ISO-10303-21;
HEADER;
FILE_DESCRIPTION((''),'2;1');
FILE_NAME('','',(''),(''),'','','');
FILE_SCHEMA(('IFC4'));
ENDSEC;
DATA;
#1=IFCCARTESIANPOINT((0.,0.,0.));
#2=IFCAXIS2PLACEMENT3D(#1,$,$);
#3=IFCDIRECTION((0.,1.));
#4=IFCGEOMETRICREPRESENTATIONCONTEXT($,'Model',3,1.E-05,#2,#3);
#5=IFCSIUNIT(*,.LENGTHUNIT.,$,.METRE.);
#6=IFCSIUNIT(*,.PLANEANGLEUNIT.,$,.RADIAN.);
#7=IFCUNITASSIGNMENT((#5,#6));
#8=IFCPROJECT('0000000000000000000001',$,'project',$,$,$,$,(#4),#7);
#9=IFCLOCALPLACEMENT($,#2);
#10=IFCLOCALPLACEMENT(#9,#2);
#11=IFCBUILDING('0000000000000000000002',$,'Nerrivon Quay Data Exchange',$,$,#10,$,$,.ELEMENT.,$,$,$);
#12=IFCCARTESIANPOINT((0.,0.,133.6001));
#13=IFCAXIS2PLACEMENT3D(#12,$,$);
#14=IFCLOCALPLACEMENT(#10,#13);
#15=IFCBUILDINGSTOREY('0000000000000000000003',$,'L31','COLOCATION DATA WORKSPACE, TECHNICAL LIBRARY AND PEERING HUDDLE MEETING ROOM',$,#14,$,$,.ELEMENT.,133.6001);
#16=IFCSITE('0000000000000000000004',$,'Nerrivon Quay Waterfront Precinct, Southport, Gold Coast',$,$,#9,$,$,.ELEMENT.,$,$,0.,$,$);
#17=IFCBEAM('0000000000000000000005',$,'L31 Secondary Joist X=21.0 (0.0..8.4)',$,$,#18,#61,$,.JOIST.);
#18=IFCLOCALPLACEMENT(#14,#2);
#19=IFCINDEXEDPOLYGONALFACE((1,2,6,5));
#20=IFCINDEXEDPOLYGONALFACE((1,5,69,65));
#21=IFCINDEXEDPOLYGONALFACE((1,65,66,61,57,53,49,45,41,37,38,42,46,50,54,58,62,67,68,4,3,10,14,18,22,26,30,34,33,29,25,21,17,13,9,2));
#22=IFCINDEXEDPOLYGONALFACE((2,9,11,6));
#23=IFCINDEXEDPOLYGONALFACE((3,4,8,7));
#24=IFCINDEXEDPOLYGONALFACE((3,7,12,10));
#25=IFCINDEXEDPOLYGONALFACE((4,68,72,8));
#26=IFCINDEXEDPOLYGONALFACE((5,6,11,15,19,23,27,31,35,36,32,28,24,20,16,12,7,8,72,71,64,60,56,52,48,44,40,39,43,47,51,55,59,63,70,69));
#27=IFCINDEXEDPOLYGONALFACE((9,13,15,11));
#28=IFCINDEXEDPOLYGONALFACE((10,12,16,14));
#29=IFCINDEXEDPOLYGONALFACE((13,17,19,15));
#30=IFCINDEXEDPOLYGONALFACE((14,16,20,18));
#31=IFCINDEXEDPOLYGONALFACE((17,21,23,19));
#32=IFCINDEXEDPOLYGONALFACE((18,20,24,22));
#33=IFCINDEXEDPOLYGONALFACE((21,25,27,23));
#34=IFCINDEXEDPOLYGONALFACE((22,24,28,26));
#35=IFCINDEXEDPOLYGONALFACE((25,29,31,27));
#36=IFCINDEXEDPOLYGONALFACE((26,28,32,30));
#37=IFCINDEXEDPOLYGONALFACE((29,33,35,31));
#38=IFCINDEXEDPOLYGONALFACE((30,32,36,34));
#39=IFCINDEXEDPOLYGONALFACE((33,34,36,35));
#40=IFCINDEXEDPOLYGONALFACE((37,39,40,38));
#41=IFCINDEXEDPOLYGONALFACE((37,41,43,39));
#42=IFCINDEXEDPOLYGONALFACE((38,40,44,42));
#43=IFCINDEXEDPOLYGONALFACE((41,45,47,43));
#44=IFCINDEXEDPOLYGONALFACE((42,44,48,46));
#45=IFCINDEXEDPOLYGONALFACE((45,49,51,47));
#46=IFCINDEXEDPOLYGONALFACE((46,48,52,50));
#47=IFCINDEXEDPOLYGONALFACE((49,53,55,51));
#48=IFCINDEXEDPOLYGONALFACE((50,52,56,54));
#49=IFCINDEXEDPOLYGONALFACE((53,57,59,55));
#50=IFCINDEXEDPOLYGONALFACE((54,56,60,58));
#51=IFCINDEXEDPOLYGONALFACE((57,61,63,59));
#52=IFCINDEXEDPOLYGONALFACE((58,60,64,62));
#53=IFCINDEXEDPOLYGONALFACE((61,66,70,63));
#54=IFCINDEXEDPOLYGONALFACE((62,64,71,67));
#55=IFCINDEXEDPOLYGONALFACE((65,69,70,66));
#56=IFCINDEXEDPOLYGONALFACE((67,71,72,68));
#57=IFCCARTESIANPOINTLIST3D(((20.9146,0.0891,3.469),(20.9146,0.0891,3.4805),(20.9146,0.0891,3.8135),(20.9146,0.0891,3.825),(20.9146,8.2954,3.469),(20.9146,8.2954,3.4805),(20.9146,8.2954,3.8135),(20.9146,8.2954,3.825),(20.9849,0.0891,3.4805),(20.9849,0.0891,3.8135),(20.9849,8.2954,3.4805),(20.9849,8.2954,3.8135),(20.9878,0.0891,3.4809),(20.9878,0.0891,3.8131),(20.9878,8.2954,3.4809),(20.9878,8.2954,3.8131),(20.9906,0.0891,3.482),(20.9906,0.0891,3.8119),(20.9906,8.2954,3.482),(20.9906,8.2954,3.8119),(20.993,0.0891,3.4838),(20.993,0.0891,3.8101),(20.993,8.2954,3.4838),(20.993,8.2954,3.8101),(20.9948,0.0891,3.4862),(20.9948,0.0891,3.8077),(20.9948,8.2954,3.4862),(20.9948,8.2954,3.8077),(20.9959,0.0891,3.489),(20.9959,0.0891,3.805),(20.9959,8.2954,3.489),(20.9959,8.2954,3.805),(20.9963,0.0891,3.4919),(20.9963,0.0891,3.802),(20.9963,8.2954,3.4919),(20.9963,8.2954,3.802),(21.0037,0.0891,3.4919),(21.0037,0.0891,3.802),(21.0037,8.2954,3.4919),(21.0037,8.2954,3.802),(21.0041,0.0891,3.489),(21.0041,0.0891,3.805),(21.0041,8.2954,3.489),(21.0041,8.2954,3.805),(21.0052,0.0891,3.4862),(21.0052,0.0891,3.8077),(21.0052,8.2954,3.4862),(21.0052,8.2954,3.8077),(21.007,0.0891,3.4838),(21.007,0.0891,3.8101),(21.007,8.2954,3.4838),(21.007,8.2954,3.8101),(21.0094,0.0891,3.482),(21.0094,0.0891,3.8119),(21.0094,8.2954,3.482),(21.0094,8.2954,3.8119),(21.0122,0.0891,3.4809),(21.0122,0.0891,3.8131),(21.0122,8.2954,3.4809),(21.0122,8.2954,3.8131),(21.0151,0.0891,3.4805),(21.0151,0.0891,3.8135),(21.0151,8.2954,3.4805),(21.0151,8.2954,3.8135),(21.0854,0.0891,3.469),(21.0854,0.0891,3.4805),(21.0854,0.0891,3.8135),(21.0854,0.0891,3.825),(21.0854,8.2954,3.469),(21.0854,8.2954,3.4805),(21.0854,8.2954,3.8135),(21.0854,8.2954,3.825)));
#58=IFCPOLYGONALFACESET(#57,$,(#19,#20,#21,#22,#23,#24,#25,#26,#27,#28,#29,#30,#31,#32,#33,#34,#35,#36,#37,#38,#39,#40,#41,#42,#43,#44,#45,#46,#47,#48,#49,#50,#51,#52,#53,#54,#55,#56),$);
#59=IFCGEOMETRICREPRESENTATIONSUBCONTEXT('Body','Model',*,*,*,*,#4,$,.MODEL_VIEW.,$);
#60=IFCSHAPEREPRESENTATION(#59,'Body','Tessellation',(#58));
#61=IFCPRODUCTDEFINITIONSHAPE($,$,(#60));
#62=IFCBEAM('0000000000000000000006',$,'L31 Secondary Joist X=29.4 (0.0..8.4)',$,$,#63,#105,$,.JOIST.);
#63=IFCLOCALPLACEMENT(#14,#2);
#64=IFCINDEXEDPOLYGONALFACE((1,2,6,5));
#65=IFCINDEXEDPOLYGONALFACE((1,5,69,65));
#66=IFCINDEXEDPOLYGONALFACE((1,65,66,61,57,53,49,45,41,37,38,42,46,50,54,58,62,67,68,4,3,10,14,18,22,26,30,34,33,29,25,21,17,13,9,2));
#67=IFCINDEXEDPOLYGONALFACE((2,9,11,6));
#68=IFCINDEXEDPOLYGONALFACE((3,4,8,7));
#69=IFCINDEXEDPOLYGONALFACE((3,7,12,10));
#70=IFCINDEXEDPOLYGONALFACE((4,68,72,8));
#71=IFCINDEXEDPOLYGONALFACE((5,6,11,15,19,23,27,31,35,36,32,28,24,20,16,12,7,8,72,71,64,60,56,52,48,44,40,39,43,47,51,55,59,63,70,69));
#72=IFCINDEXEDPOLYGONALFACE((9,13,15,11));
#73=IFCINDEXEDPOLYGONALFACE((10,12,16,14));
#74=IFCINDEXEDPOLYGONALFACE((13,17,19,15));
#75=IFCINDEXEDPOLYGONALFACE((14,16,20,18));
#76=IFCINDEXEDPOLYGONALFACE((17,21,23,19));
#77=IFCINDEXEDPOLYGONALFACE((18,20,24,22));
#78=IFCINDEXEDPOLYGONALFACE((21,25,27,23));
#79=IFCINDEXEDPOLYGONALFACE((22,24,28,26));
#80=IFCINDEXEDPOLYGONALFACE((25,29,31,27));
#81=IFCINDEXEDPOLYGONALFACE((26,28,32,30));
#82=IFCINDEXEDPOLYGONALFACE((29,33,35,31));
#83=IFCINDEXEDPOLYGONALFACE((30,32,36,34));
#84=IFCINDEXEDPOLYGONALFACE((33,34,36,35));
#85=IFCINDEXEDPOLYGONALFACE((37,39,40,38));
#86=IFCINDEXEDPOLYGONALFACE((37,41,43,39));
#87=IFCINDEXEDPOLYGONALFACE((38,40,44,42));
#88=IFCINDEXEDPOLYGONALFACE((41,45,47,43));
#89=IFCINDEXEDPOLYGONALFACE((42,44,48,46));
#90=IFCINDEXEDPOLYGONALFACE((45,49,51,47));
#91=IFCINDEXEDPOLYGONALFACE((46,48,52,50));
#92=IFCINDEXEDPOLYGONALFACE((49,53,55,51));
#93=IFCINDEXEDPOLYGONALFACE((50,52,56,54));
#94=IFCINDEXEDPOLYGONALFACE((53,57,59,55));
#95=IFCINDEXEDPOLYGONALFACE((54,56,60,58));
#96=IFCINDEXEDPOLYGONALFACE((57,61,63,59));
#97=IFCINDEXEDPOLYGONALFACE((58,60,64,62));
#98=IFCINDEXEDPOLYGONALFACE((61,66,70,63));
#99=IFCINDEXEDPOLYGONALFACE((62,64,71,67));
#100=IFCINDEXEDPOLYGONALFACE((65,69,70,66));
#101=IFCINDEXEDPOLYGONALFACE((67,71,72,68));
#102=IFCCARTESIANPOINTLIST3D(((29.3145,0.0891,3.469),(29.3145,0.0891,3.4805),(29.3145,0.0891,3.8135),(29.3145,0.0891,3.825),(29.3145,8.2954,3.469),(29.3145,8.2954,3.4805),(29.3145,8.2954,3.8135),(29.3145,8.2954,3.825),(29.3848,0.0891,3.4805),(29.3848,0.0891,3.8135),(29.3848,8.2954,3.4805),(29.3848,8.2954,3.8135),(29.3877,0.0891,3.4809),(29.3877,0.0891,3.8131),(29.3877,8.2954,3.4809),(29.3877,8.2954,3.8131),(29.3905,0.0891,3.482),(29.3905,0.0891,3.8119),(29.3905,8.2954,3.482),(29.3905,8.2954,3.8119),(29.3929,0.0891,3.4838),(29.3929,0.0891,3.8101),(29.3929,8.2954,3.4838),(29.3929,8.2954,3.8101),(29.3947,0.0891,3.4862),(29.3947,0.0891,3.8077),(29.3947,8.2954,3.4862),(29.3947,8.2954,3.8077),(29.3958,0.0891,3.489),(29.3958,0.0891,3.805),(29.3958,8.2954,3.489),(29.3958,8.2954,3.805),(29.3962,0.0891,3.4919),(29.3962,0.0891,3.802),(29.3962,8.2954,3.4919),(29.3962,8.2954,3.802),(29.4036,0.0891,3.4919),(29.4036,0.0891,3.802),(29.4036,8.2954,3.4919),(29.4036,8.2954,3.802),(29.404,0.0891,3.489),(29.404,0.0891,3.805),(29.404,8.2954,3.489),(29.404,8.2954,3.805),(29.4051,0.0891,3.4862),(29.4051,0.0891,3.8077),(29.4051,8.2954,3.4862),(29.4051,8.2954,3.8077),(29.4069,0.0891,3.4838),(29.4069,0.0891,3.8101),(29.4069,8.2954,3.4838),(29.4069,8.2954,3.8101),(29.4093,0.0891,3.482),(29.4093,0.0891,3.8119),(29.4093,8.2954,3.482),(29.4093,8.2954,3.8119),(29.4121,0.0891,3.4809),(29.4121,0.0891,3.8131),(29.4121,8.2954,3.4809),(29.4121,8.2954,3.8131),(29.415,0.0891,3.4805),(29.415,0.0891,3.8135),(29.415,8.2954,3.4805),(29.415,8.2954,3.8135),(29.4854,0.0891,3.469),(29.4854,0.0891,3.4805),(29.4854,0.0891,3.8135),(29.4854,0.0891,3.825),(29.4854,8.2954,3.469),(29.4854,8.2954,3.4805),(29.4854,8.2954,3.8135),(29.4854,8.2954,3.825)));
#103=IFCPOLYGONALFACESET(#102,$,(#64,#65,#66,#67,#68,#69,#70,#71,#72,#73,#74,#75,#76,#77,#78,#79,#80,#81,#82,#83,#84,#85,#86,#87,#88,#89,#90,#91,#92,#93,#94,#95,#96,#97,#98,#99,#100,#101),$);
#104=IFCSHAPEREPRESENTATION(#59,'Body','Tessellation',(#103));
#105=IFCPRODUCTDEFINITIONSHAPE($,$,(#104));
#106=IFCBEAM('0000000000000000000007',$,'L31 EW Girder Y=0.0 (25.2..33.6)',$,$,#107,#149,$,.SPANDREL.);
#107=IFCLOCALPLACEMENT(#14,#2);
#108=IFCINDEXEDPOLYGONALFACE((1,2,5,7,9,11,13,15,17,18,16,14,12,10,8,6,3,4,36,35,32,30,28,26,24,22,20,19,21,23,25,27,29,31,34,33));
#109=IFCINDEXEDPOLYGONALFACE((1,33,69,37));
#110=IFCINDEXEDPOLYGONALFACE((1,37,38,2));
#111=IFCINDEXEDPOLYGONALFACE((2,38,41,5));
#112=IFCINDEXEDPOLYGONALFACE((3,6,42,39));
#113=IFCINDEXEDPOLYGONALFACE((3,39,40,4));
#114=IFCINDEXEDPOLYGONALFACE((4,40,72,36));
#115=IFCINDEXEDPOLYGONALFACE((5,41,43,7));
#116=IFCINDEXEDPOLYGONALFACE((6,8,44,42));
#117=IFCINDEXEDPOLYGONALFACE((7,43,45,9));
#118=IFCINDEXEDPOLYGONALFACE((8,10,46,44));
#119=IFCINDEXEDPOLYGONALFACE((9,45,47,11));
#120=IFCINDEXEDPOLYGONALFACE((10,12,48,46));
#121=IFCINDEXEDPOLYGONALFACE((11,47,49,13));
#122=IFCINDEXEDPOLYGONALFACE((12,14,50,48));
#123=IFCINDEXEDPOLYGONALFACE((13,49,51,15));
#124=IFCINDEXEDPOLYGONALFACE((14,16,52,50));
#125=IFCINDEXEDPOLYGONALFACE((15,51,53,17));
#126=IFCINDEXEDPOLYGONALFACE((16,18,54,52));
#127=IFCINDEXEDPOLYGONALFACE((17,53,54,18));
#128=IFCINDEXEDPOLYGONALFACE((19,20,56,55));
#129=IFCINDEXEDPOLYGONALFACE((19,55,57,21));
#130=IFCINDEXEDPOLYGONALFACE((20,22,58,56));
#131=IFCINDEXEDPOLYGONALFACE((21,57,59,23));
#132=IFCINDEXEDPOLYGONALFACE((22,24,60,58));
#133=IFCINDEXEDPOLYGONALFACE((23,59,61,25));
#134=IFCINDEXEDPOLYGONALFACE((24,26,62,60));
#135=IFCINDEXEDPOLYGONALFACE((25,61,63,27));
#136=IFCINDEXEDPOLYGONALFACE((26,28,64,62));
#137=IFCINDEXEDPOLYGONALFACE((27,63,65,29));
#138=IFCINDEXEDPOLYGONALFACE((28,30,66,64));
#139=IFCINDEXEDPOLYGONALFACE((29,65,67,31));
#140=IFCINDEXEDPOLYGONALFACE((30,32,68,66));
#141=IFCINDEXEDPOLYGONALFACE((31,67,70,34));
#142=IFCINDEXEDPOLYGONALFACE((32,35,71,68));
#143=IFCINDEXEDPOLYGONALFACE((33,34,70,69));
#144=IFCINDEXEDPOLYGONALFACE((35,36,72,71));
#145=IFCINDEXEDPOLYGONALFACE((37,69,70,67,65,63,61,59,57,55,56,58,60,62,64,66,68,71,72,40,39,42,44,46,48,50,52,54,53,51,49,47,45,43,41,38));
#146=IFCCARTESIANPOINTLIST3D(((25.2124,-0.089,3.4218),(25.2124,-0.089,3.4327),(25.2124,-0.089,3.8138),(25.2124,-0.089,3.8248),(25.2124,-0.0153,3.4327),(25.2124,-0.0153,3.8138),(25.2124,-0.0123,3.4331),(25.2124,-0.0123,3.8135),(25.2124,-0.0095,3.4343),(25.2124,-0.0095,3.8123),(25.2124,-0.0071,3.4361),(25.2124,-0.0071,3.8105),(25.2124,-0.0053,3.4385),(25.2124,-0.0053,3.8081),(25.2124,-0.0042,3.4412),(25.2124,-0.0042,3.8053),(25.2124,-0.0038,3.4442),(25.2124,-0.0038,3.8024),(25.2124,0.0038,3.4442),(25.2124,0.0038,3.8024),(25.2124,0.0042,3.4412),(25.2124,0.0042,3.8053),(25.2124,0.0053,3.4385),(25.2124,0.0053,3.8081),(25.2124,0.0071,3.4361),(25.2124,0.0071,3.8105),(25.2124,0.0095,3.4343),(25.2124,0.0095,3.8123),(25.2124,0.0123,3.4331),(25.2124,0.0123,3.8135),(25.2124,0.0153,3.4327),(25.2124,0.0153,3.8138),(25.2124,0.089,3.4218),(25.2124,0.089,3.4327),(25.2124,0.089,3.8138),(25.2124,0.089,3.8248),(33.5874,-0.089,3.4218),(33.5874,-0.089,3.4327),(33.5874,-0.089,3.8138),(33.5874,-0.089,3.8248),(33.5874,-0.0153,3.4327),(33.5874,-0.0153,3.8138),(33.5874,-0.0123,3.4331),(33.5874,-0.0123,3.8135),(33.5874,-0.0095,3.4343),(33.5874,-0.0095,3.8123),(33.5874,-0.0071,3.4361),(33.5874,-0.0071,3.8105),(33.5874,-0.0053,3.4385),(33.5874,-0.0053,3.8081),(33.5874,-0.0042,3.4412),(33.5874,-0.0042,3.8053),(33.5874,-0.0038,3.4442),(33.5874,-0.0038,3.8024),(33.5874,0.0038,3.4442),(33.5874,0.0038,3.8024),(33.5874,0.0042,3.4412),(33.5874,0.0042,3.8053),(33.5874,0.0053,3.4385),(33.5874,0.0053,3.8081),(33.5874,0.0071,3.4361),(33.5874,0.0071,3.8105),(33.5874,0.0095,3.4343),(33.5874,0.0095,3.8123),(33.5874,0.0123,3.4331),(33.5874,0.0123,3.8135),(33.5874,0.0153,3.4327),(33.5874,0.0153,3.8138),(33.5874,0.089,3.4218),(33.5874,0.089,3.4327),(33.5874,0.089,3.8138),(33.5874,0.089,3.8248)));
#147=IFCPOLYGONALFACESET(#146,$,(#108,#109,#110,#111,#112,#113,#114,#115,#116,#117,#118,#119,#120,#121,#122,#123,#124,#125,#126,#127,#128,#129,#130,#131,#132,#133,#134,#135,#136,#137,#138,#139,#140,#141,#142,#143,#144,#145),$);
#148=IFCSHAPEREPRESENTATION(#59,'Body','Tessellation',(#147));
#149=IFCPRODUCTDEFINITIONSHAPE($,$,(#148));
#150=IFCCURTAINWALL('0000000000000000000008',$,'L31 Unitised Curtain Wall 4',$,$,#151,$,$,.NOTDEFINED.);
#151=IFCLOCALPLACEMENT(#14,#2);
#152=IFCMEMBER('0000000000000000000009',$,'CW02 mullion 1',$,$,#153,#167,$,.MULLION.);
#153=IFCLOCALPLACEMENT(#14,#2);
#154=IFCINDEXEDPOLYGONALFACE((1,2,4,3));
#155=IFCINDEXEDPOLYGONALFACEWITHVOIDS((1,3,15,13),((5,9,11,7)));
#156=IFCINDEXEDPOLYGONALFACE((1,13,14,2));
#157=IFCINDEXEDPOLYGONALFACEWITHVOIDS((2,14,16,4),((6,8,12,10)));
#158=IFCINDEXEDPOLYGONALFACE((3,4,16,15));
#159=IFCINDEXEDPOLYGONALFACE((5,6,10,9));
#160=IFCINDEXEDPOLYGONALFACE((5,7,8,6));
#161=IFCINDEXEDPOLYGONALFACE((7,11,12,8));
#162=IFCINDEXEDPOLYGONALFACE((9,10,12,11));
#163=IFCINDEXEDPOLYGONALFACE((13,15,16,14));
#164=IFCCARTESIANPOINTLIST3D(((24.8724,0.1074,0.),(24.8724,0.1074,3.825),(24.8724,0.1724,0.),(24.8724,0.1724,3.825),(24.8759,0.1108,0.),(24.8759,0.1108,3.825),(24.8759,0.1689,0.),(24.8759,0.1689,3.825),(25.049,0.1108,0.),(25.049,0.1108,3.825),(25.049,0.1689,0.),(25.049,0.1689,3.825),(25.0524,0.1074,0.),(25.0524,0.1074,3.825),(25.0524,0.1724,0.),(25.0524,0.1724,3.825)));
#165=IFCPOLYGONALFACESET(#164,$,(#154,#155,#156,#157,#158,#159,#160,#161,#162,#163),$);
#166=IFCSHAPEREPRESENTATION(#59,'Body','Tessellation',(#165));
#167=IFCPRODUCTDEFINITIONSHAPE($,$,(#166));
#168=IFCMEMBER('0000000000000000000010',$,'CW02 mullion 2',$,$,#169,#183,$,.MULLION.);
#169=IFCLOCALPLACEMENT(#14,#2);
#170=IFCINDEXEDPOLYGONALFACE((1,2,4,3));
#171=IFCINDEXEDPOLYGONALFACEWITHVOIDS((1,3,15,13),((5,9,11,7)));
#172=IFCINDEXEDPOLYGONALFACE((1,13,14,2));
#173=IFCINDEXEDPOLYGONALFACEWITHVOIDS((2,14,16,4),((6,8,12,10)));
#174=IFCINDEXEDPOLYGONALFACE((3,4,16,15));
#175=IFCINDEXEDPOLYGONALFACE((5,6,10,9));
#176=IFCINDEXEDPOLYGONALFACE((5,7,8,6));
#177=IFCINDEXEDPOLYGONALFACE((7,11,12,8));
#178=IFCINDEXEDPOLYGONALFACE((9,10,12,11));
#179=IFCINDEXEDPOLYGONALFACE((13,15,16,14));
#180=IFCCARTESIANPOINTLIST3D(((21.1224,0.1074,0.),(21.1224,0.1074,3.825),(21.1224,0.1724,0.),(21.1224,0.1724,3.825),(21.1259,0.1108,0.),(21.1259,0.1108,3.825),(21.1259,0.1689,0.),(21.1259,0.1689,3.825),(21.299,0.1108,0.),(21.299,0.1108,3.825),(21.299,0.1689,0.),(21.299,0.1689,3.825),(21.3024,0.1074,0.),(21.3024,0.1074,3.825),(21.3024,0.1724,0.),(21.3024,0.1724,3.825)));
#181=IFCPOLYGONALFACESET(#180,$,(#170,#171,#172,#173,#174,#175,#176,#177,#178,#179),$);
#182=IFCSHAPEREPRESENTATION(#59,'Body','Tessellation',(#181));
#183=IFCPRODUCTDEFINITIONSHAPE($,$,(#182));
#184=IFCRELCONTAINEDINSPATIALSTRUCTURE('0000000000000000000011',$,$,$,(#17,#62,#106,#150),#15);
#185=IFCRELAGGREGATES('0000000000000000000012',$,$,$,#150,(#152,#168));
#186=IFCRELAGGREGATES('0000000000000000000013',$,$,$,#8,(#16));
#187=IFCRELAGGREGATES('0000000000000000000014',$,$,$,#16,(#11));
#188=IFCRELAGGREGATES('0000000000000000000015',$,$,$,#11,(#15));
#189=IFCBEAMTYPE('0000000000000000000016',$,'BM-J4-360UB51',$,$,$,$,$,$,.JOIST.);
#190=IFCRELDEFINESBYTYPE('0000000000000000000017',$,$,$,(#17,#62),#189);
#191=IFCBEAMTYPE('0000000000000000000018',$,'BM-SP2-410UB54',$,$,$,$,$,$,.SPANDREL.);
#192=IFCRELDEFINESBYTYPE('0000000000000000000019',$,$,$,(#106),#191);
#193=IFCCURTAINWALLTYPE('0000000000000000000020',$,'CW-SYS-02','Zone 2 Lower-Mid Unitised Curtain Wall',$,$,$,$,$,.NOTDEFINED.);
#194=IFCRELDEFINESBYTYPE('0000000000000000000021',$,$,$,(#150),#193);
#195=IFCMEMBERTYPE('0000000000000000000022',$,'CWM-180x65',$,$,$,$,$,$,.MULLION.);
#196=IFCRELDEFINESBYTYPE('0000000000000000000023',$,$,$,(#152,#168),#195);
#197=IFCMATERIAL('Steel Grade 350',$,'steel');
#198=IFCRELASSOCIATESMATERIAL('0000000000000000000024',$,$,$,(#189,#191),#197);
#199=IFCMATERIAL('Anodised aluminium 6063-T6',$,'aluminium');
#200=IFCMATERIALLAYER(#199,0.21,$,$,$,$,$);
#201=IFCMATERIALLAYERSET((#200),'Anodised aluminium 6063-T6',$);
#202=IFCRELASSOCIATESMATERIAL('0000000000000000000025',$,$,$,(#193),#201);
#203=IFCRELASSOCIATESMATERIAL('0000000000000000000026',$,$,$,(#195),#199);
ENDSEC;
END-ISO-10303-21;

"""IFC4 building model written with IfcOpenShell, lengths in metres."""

from ifc_helpers import new_model, si_unit, direction, frame, origin, origin_2d, place, context, subcontext, project, spatial, hollow_rectangle, i_section, extrude, material, layer, layer_set, material_profile, profile_set, type_object, element, aggregate, save


model = new_model("IFC4")

# Units and contexts
model_context = context("Model", 3, precision=1e-05, world=origin(), true_north=direction((0.0, 1.0)))
body_context = subcontext(model_context, "Body", "Model", "MODEL_VIEW")
ifc_project = project(units=[si_unit("LENGTHUNIT", "METRE"), si_unit("PLANEANGLEUNIT", "RADIAN")], contexts=[model_context])

# Site, building, storey
site_placement = place(None, origin())
site = spatial("IfcSite", under=ifc_project, at=site_placement, Name="Nerrivon Quay Waterfront Precinct, Southport, Gold Coast", CompositionType="ELEMENT", RefElevation=0.0)
building_placement = place(site_placement, origin())
building = spatial("IfcBuilding", under=site, at=building_placement, Name="Nerrivon Quay Data Exchange", CompositionType="ELEMENT")
storey_placement = place(building_placement, frame((0.0, 0.0, 133.6001)))
storey = spatial("IfcBuildingStorey", under=building, at=storey_placement, Name="L31", Description="COLOCATION DATA WORKSPACE, TECHNICAL LIBRARY AND PEERING HUDDLE MEETING ROOM", CompositionType="ELEMENT", Elevation=133.6001)

# Shared definitions
ifc_material_1 = material(Name="Steel Grade 350", Category="steel")

# Beams
ifc_material_profile_1 = material_profile(ifc_material_1, i_section(OverallWidth=0.1709, OverallDepth=0.356, WebThickness=0.0073, FlangeThickness=0.0115, FilletRadius=0.0115, at=origin_2d()), Name="360UB50.7")
ifc_profile_set_1 = profile_set([ifc_material_profile_1], Name="Steel Grade 350")
beam_type_1 = type_object("IfcBeamType", Name="BM-J4-360UB51", PredefinedType="JOIST", material=ifc_profile_set_1)
for number, where, z_axis, x_axis, name in (
    (1, (21.0, 0.0891, 3.647), (0.0, 1.0, 0.0), (-1.0, 0.0, 0.0), "L31 Secondary Joist X=21.0 (0.0..8.4)"),
    (2, (29.3999, 0.0891, 3.647), (0.0, 1.0, 0.0), (-1.0, 0.0, 0.0), "L31 Secondary Joist X=29.4 (0.0..8.4)"),
):
    element("IfcBeam", number, at=place(storey_placement, frame(where, z_axis=z_axis, x_axis=x_axis)), inside=storey, type_object=beam_type_1, Name=name, PredefinedType="JOIST", context=body_context, shape_type="SweptSolid", body=[
        extrude(i_section(OverallWidth=0.1709, OverallDepth=0.356, WebThickness=0.0073, FlangeThickness=0.0115, FilletRadius=0.0115, at=origin_2d()), origin(), (0.0, 0.0, 1.0), 8.2063),
    ])
ifc_material_profile_2 = material_profile(ifc_material_1, i_section(OverallWidth=0.178, OverallDepth=0.4031, WebThickness=0.0076, FlangeThickness=0.011, FilletRadius=0.0115, at=origin_2d()), Name="410UB53.7")
ifc_profile_set_2 = profile_set([ifc_material_profile_2], Name="Steel Grade 350")
beam_type_2 = type_object("IfcBeamType", Name="BM-SP2-410UB54", PredefinedType="SPANDREL", material=ifc_profile_set_2)
beam_1_placement = place(storey_placement, frame((25.2124, 0.0, 3.6233), z_axis=(1.0, 0.0, 0.0), x_axis=(0.0, 1.0, 0.0)))
element("IfcBeam", 3, at=beam_1_placement, inside=storey, type_object=beam_type_2, Name="L31 EW Girder Y=0.0 (25.2..33.6)", PredefinedType="SPANDREL", context=body_context, shape_type="SweptSolid", body=[
    extrude(i_section(OverallWidth=0.178, OverallDepth=0.4031, WebThickness=0.0076, FlangeThickness=0.011, FilletRadius=0.0115, at=origin_2d()), origin(), (0.0, 0.0, 1.0), 8.375),
])

# Curtain wall, members
ifc_material_2 = material(Name="Anodised aluminium 6063-T6", Category="aluminium")
ifc_layer_1 = layer(ifc_material_2, 0.21)
ifc_layer_set_1 = layer_set([ifc_layer_1], Name="Anodised aluminium 6063-T6")
curtain_wall_type = type_object("IfcCurtainWallType", Name="CW-SYS-02", Description="Zone 2 Lower-Mid Unitised Curtain Wall", PredefinedType="NOTDEFINED", material=ifc_layer_set_1)
curtain_wall_placement = place(storey_placement, origin())
curtain_wall = element("IfcCurtainWall", 4, at=curtain_wall_placement, inside=storey, type_object=curtain_wall_type, Name="L31 Unitised Curtain Wall 4", PredefinedType="NOTDEFINED")
ifc_material_profile_3 = material_profile(ifc_material_2, hollow_rectangle(XDim=0.0649, YDim=0.1799, WallThickness=0.0034, at=origin_2d()), Name="ALU-MULL-180x65")
ifc_profile_set_3 = profile_set([ifc_material_profile_3], Name="Anodised aluminium 6063-T6")
member_type_1 = type_object("IfcMemberType", Name="CWM-180x65", PredefinedType="MULLION", material=ifc_profile_set_3)
member_1_placement = place(storey_placement, frame((24.9624, 0.1399, 0.0), z_axis=(0.0, 0.0, 1.0), x_axis=(0.0, -1.0, 0.0)))
member_1 = element("IfcMember", 5, at=member_1_placement, type_object=member_type_1, Name="CW02 mullion 1", PredefinedType="MULLION", context=body_context, shape_type="SweptSolid", body=[
    extrude(hollow_rectangle(XDim=0.0649, YDim=0.1799, WallThickness=0.0034, at=origin_2d()), origin(), (0.0, 0.0, 1.0), 3.825),
])
member_2_placement = place(storey_placement, frame((21.2124, 0.1399, 0.0), z_axis=(0.0, 0.0, 1.0), x_axis=(0.0, -1.0, 0.0)))
member_2 = element("IfcMember", 6, at=member_2_placement, type_object=member_type_1, Name="CW02 mullion 2", PredefinedType="MULLION", context=body_context, shape_type="SweptSolid", body=[
    extrude(hollow_rectangle(XDim=0.0649, YDim=0.1799, WallThickness=0.0034, at=origin_2d()), origin(), (0.0, 0.0, 1.0), 3.825),
])
aggregate(curtain_wall, [member_1, member_2])

save(model, "model.ifc")
